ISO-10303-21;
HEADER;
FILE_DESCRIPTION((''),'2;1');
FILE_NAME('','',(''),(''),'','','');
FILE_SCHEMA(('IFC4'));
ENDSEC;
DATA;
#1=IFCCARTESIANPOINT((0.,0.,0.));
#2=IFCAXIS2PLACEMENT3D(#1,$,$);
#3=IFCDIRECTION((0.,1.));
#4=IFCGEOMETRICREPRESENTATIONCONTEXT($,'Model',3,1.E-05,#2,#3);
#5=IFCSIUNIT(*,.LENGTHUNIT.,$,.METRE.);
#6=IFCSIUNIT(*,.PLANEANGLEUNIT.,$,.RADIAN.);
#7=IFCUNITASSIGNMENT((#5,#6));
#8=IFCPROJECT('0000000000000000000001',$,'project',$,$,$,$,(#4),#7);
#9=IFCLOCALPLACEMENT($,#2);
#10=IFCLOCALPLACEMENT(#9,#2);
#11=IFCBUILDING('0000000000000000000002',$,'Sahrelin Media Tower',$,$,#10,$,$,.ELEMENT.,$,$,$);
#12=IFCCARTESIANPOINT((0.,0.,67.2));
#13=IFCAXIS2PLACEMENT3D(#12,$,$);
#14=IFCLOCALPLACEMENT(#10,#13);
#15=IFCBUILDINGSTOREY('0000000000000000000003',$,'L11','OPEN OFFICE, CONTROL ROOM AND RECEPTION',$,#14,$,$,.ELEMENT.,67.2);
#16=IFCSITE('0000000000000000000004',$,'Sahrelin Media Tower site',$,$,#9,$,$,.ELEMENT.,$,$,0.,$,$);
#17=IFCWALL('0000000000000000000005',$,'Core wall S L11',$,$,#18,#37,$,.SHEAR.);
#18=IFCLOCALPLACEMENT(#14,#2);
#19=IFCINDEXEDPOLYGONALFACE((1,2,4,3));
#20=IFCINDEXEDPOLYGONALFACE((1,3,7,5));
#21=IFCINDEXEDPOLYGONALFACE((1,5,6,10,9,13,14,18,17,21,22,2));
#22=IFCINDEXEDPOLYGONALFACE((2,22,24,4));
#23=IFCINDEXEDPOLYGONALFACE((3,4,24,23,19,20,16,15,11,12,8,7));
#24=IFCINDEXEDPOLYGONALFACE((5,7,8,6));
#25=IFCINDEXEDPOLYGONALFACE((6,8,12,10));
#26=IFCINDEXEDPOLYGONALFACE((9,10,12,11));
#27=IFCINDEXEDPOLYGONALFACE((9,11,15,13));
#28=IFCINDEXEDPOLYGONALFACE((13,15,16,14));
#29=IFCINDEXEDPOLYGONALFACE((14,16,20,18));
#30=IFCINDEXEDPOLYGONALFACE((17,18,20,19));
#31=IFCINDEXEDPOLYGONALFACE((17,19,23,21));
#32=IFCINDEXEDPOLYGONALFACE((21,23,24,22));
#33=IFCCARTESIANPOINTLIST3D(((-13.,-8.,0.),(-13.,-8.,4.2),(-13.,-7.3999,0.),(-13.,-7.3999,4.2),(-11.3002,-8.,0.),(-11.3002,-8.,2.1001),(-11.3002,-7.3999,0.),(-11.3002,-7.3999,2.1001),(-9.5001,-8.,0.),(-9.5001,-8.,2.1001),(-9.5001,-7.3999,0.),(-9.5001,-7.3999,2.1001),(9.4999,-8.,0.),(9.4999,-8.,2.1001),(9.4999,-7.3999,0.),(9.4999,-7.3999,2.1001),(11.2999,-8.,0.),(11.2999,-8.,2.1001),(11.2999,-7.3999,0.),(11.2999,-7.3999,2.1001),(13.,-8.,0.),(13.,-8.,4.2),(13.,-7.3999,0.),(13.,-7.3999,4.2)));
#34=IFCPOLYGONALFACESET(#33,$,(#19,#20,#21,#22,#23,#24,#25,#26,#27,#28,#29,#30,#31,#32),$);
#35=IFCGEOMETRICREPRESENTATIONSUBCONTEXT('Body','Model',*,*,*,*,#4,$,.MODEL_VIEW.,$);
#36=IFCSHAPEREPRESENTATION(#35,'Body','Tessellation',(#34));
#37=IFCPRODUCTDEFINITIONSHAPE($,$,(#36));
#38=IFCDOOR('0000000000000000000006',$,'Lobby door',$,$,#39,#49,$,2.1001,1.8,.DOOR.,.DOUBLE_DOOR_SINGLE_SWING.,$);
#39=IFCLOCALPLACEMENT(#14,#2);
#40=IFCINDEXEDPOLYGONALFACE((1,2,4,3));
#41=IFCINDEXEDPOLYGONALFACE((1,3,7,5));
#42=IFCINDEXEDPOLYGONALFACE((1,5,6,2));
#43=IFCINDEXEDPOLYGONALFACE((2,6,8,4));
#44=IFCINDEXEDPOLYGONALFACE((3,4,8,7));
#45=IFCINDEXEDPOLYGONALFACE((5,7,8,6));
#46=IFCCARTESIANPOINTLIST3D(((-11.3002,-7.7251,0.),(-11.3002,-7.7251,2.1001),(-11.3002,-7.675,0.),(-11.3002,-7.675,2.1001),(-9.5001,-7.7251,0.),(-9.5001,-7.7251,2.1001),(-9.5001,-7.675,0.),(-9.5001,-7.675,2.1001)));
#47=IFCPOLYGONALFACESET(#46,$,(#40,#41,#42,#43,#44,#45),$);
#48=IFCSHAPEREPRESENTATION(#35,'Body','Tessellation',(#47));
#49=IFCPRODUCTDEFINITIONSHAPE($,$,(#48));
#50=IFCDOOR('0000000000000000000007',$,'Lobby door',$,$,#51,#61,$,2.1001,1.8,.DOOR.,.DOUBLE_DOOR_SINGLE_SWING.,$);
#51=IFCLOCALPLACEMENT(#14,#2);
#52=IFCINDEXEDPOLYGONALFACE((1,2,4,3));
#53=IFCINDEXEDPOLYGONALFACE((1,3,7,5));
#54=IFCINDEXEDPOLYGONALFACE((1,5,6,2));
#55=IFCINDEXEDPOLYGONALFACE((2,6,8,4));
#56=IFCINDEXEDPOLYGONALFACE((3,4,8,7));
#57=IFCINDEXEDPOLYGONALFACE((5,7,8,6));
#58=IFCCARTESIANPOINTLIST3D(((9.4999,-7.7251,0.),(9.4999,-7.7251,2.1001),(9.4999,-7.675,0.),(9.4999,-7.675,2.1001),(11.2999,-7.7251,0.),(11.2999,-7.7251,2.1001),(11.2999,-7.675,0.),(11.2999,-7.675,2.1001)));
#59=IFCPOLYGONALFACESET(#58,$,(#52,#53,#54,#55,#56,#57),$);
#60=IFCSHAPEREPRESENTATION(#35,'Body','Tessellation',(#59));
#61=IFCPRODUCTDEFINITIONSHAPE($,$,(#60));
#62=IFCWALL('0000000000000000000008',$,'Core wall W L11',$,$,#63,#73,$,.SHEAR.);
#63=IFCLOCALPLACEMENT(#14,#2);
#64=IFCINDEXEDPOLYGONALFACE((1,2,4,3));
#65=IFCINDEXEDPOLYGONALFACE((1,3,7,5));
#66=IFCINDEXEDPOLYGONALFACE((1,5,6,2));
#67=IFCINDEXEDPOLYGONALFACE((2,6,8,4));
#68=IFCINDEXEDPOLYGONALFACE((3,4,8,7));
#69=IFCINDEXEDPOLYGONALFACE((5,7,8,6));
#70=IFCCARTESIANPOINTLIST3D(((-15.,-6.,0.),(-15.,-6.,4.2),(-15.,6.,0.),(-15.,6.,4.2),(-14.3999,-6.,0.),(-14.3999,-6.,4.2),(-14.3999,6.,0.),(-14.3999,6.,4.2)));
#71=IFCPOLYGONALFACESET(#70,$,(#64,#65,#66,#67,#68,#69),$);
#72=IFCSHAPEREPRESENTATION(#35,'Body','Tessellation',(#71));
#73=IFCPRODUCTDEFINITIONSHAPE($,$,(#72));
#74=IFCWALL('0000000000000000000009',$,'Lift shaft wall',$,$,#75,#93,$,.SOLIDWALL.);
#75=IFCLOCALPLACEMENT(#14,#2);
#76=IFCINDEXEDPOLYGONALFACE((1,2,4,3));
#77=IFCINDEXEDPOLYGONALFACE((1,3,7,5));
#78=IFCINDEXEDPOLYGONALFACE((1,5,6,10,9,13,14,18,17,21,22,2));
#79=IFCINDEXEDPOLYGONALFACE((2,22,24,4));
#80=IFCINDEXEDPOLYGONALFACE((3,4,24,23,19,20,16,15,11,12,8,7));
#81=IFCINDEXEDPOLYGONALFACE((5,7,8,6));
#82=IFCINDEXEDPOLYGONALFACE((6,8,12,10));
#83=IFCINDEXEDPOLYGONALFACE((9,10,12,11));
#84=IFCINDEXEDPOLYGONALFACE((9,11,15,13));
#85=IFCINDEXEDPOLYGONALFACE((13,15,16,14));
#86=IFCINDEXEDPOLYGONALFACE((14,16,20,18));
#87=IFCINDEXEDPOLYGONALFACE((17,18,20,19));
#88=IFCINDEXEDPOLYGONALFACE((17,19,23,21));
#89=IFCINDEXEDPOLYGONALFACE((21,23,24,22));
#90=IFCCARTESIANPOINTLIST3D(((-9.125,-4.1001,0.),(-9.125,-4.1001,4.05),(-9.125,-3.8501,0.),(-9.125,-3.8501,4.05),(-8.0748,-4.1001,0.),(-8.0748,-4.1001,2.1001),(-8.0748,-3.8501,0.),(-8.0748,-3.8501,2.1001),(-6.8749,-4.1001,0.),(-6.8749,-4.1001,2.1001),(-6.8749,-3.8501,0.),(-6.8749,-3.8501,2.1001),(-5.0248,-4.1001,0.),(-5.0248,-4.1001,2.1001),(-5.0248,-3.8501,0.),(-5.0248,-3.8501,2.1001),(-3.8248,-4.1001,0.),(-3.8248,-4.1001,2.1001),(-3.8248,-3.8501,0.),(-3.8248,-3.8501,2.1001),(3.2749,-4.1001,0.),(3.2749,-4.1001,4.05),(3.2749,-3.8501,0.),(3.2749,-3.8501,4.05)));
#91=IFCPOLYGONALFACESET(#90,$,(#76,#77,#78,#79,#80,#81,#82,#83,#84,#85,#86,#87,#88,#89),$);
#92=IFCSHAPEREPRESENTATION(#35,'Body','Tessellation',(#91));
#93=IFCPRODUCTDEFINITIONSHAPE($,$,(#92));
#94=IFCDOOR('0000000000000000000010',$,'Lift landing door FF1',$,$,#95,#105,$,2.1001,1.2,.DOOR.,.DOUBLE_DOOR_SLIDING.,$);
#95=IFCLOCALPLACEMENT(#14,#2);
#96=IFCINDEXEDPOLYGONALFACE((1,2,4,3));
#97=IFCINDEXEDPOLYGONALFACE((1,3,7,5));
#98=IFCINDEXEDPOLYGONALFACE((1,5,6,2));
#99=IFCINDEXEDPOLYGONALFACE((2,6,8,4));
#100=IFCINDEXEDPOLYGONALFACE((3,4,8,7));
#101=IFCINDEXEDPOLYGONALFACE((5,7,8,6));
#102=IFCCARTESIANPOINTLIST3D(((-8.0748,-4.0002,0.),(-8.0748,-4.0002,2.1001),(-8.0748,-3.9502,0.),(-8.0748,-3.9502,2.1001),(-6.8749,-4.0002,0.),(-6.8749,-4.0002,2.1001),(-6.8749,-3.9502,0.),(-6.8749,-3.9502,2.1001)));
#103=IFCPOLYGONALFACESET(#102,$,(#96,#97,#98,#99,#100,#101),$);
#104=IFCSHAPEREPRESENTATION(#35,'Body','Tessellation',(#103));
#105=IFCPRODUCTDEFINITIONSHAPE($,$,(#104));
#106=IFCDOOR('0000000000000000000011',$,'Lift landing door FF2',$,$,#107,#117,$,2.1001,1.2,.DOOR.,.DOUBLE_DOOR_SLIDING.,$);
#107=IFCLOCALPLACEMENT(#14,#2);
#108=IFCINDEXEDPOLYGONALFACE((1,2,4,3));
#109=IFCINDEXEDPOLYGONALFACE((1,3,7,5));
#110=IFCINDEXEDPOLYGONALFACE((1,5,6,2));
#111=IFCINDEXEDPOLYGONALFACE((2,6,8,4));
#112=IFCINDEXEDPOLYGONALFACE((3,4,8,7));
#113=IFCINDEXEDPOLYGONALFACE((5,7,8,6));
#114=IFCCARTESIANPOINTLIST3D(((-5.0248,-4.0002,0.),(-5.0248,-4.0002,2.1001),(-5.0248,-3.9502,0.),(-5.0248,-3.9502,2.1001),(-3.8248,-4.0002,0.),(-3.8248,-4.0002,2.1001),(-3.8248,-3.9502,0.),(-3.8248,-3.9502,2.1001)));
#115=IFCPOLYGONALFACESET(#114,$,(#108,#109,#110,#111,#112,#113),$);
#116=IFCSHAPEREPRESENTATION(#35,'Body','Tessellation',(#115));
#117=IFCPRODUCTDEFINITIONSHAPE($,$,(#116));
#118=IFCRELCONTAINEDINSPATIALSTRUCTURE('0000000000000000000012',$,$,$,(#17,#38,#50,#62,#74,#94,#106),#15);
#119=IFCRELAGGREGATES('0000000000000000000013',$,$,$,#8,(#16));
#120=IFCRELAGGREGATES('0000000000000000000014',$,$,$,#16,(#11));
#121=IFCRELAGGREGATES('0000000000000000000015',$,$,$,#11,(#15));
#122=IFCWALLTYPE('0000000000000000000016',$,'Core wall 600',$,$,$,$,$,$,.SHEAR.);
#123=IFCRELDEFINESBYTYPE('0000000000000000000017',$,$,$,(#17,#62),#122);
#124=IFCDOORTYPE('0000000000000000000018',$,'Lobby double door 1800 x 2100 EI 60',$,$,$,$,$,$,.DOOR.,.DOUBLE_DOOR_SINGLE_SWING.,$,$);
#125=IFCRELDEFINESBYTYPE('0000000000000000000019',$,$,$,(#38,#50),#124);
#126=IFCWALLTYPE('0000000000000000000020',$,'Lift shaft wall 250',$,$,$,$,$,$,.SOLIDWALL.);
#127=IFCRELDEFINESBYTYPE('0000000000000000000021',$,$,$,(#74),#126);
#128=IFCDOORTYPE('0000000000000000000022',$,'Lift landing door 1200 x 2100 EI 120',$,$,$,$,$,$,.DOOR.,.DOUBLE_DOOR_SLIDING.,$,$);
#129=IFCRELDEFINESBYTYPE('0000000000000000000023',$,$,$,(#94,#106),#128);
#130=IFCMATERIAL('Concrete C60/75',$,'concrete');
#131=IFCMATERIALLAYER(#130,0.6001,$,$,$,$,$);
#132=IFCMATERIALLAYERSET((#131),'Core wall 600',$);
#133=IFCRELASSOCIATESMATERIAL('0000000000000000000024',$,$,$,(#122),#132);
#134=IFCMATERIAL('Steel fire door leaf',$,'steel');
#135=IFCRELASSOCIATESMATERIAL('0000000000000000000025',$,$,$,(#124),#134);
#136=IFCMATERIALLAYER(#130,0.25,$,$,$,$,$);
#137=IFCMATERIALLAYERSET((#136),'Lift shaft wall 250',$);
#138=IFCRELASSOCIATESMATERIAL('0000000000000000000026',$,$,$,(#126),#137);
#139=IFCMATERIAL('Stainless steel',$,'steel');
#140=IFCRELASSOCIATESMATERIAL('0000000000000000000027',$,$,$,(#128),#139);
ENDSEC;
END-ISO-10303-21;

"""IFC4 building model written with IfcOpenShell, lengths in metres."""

from ifc_helpers import new_model, si_unit, direction, frame, frame_2d, origin, place, context, subcontext, project, spatial, rectangle, extrude, material, layer, layer_set, type_object, element, fill, save


model = new_model("IFC4")

# Units and contexts
model_context = context("Model", 3, precision=1e-05, world=origin(), true_north=direction((0.0, 1.0)))
body_context = subcontext(model_context, "Body", "Model", "MODEL_VIEW")
ifc_project = project(units=[si_unit("LENGTHUNIT", "METRE"), si_unit("PLANEANGLEUNIT", "RADIAN")], contexts=[model_context])

# Site, building, storey
site_placement = place(None, origin())
site = spatial("IfcSite", under=ifc_project, at=site_placement, Name="Sahrelin Media Tower site", CompositionType="ELEMENT", RefElevation=0.0)
building_placement = place(site_placement, origin())
building = spatial("IfcBuilding", under=site, at=building_placement, Name="Sahrelin Media Tower", CompositionType="ELEMENT")
storey_placement = place(building_placement, frame((0.0, 0.0, 67.2)))
storey = spatial("IfcBuildingStorey", under=building, at=storey_placement, Name="L11", Description="OPEN OFFICE, CONTROL ROOM AND RECEPTION", CompositionType="ELEMENT", Elevation=67.2)

# Wall, openings, doors
ifc_material_1 = material(Name="Concrete C60/75", Category="concrete")
ifc_layer_1 = layer(ifc_material_1, 0.6001)
ifc_layer_set_1 = layer_set([ifc_layer_1], Name="Core wall 600")
wall_type_1 = type_object("IfcWallType", Name="Core wall 600", PredefinedType="SHEAR", material=ifc_layer_set_1)
wall_1_placement = place(storey_placement, frame((-13.0, -7.7, 0.0), z_axis=(0.0, 0.0, 1.0), x_axis=(1.0, 0.0, 0.0)))
wall_1 = element("IfcWall", 1, at=wall_1_placement, inside=storey, type_object=wall_type_1, Name="Core wall S L11", PredefinedType="SHEAR", context=body_context, shape_type="SweptSolid", body=[
    extrude(rectangle(XDim=26.0, YDim=0.6001, at=frame_2d((13.0, 0.0))), origin(), (0.0, 0.0, 1.0), 4.2),
])
opening_1_placement = place(wall_1_placement, frame((1.7, 0.0, 0.0)))
opening_1 = element("IfcOpeningElement", 2, at=opening_1_placement, cuts=wall_1, PredefinedType="OPENING", context=body_context, shape_type="SweptSolid", body=[
    extrude(rectangle(XDim=1.8, YDim=2.1001, at=frame_2d((0.8999, 1.05))), frame((0.0, 0.3, 0.0), z_axis=(0.0, -1.0, 0.0), x_axis=(1.0, 0.0, 0.0)), (0.0, 0.0, 1.0), 0.6001),
])
opening_2_placement = place(wall_1_placement, frame((22.5, 0.0, 0.0)))
opening_2 = element("IfcOpeningElement", 3, at=opening_2_placement, cuts=wall_1, PredefinedType="OPENING", context=body_context, shape_type="SweptSolid", body=[
    extrude(rectangle(XDim=1.8, YDim=2.1001, at=frame_2d((0.8999, 1.05))), frame((0.0, 0.3, 0.0), z_axis=(0.0, -1.0, 0.0), x_axis=(1.0, 0.0, 0.0)), (0.0, 0.0, 1.0), 0.6001),
])
ifc_material_2 = material(Name="Steel fire door leaf", Category="steel")
door_type_1 = type_object("IfcDoorType", Name="Lobby double door 1800 x 2100 EI 60", OperationType="DOUBLE_DOOR_SINGLE_SWING", PredefinedType="DOOR", material=ifc_material_2)
door_1_placement = place(opening_1_placement, origin())
door_1 = element("IfcDoor", 4, at=door_1_placement, inside=storey, type_object=door_type_1, Name="Lobby door", OperationType="DOUBLE_DOOR_SINGLE_SWING", OverallHeight=2.1001, OverallWidth=1.8, PredefinedType="DOOR", context=body_context, shape_type="SweptSolid", body=[
    extrude(rectangle(XDim=1.8, YDim=2.1001, at=frame_2d((0.8999, 1.05))), frame((0.0, 0.0249, 0.0), z_axis=(0.0, -1.0, 0.0), x_axis=(1.0, 0.0, 0.0)), (0.0, 0.0, 1.0), 0.05),
])
fill(opening_1, door_1)
door_2_placement = place(opening_2_placement, origin())
door_2 = element("IfcDoor", 5, at=door_2_placement, inside=storey, type_object=door_type_1, Name="Lobby door", OperationType="DOUBLE_DOOR_SINGLE_SWING", OverallHeight=2.1001, OverallWidth=1.8, PredefinedType="DOOR", context=body_context, shape_type="SweptSolid", body=[
    extrude(rectangle(XDim=1.8, YDim=2.1001, at=frame_2d((0.8999, 1.05))), frame((0.0, 0.0249, 0.0), z_axis=(0.0, -1.0, 0.0), x_axis=(1.0, 0.0, 0.0)), (0.0, 0.0, 1.0), 0.05),
])
fill(opening_2, door_2)

# Wall
wall_2_placement = place(storey_placement, frame((-14.7, -6.0, 0.0), z_axis=(0.0, 0.0, 1.0), x_axis=(0.0, 1.0, 0.0)))
element("IfcWall", 6, at=wall_2_placement, inside=storey, type_object=wall_type_1, Name="Core wall W L11", PredefinedType="SHEAR", context=body_context, shape_type="SweptSolid", body=[
    extrude(rectangle(XDim=12.0, YDim=0.6001, at=frame_2d((6.0, 0.0))), origin(), (0.0, 0.0, 1.0), 4.2),
])

# Wall, openings, doors
ifc_layer_2 = layer(ifc_material_1, 0.25)
ifc_layer_set_2 = layer_set([ifc_layer_2], Name="Lift shaft wall 250")
wall_type_2 = type_object("IfcWallType", Name="Lift shaft wall 250", PredefinedType="SOLIDWALL", material=ifc_layer_set_2)
wall_3_placement = place(storey_placement, frame((-9.125, -3.9751, 0.0), z_axis=(0.0, 0.0, 1.0), x_axis=(1.0, 0.0, 0.0)))
wall_3 = element("IfcWall", 7, at=wall_3_placement, inside=storey, type_object=wall_type_2, Name="Lift shaft wall", PredefinedType="SOLIDWALL", context=body_context, shape_type="SweptSolid", body=[
    extrude(rectangle(XDim=12.3999, YDim=0.25, at=frame_2d((6.2, 0.0))), origin(), (0.0, 0.0, 1.0), 4.05),
])
opening_3_placement = place(wall_3_placement, frame((1.05, 0.0, 0.0)))
opening_3 = element("IfcOpeningElement", 8, at=opening_3_placement, cuts=wall_3, PredefinedType="OPENING", context=body_context, shape_type="SweptSolid", body=[
    extrude(rectangle(XDim=1.2, YDim=2.1001, at=frame_2d((0.6001, 1.05))), frame((0.0, 0.125, 0.0), z_axis=(0.0, -1.0, 0.0), x_axis=(1.0, 0.0, 0.0)), (0.0, 0.0, 1.0), 0.25),
])
opening_4_placement = place(wall_3_placement, frame((4.1001, 0.0, 0.0)))
opening_4 = element("IfcOpeningElement", 9, at=opening_4_placement, cuts=wall_3, PredefinedType="OPENING", context=body_context, shape_type="SweptSolid", body=[
    extrude(rectangle(XDim=1.2, YDim=2.1001, at=frame_2d((0.6001, 1.05))), frame((0.0, 0.125, 0.0), z_axis=(0.0, -1.0, 0.0), x_axis=(1.0, 0.0, 0.0)), (0.0, 0.0, 1.0), 0.25),
])
ifc_material_3 = material(Name="Stainless steel", Category="steel")
door_type_2 = type_object("IfcDoorType", Name="Lift landing door 1200 x 2100 EI 120", OperationType="DOUBLE_DOOR_SLIDING", PredefinedType="DOOR", material=ifc_material_3)
door_3_placement = place(opening_3_placement, origin())
door_3 = element("IfcDoor", 10, at=door_3_placement, inside=storey, type_object=door_type_2, Name="Lift landing door FF1", OperationType="DOUBLE_DOOR_SLIDING", OverallHeight=2.1001, OverallWidth=1.2, PredefinedType="DOOR", context=body_context, shape_type="SweptSolid", body=[
    extrude(rectangle(XDim=1.2, YDim=2.1001, at=frame_2d((0.6001, 1.05))), frame((0.0, 0.0249, 0.0), z_axis=(0.0, -1.0, 0.0), x_axis=(1.0, 0.0, 0.0)), (0.0, 0.0, 1.0), 0.05),
])
fill(opening_3, door_3)
door_4_placement = place(opening_4_placement, origin())
door_4 = element("IfcDoor", 11, at=door_4_placement, inside=storey, type_object=door_type_2, Name="Lift landing door FF2", OperationType="DOUBLE_DOOR_SLIDING", OverallHeight=2.1001, OverallWidth=1.2, PredefinedType="DOOR", context=body_context, shape_type="SweptSolid", body=[
    extrude(rectangle(XDim=1.2, YDim=2.1001, at=frame_2d((0.6001, 1.05))), frame((0.0, 0.0249, 0.0), z_axis=(0.0, -1.0, 0.0), x_axis=(1.0, 0.0, 0.0)), (0.0, 0.0, 1.0), 0.05),
])
fill(opening_4, door_4)

save(model, "model.ifc")
